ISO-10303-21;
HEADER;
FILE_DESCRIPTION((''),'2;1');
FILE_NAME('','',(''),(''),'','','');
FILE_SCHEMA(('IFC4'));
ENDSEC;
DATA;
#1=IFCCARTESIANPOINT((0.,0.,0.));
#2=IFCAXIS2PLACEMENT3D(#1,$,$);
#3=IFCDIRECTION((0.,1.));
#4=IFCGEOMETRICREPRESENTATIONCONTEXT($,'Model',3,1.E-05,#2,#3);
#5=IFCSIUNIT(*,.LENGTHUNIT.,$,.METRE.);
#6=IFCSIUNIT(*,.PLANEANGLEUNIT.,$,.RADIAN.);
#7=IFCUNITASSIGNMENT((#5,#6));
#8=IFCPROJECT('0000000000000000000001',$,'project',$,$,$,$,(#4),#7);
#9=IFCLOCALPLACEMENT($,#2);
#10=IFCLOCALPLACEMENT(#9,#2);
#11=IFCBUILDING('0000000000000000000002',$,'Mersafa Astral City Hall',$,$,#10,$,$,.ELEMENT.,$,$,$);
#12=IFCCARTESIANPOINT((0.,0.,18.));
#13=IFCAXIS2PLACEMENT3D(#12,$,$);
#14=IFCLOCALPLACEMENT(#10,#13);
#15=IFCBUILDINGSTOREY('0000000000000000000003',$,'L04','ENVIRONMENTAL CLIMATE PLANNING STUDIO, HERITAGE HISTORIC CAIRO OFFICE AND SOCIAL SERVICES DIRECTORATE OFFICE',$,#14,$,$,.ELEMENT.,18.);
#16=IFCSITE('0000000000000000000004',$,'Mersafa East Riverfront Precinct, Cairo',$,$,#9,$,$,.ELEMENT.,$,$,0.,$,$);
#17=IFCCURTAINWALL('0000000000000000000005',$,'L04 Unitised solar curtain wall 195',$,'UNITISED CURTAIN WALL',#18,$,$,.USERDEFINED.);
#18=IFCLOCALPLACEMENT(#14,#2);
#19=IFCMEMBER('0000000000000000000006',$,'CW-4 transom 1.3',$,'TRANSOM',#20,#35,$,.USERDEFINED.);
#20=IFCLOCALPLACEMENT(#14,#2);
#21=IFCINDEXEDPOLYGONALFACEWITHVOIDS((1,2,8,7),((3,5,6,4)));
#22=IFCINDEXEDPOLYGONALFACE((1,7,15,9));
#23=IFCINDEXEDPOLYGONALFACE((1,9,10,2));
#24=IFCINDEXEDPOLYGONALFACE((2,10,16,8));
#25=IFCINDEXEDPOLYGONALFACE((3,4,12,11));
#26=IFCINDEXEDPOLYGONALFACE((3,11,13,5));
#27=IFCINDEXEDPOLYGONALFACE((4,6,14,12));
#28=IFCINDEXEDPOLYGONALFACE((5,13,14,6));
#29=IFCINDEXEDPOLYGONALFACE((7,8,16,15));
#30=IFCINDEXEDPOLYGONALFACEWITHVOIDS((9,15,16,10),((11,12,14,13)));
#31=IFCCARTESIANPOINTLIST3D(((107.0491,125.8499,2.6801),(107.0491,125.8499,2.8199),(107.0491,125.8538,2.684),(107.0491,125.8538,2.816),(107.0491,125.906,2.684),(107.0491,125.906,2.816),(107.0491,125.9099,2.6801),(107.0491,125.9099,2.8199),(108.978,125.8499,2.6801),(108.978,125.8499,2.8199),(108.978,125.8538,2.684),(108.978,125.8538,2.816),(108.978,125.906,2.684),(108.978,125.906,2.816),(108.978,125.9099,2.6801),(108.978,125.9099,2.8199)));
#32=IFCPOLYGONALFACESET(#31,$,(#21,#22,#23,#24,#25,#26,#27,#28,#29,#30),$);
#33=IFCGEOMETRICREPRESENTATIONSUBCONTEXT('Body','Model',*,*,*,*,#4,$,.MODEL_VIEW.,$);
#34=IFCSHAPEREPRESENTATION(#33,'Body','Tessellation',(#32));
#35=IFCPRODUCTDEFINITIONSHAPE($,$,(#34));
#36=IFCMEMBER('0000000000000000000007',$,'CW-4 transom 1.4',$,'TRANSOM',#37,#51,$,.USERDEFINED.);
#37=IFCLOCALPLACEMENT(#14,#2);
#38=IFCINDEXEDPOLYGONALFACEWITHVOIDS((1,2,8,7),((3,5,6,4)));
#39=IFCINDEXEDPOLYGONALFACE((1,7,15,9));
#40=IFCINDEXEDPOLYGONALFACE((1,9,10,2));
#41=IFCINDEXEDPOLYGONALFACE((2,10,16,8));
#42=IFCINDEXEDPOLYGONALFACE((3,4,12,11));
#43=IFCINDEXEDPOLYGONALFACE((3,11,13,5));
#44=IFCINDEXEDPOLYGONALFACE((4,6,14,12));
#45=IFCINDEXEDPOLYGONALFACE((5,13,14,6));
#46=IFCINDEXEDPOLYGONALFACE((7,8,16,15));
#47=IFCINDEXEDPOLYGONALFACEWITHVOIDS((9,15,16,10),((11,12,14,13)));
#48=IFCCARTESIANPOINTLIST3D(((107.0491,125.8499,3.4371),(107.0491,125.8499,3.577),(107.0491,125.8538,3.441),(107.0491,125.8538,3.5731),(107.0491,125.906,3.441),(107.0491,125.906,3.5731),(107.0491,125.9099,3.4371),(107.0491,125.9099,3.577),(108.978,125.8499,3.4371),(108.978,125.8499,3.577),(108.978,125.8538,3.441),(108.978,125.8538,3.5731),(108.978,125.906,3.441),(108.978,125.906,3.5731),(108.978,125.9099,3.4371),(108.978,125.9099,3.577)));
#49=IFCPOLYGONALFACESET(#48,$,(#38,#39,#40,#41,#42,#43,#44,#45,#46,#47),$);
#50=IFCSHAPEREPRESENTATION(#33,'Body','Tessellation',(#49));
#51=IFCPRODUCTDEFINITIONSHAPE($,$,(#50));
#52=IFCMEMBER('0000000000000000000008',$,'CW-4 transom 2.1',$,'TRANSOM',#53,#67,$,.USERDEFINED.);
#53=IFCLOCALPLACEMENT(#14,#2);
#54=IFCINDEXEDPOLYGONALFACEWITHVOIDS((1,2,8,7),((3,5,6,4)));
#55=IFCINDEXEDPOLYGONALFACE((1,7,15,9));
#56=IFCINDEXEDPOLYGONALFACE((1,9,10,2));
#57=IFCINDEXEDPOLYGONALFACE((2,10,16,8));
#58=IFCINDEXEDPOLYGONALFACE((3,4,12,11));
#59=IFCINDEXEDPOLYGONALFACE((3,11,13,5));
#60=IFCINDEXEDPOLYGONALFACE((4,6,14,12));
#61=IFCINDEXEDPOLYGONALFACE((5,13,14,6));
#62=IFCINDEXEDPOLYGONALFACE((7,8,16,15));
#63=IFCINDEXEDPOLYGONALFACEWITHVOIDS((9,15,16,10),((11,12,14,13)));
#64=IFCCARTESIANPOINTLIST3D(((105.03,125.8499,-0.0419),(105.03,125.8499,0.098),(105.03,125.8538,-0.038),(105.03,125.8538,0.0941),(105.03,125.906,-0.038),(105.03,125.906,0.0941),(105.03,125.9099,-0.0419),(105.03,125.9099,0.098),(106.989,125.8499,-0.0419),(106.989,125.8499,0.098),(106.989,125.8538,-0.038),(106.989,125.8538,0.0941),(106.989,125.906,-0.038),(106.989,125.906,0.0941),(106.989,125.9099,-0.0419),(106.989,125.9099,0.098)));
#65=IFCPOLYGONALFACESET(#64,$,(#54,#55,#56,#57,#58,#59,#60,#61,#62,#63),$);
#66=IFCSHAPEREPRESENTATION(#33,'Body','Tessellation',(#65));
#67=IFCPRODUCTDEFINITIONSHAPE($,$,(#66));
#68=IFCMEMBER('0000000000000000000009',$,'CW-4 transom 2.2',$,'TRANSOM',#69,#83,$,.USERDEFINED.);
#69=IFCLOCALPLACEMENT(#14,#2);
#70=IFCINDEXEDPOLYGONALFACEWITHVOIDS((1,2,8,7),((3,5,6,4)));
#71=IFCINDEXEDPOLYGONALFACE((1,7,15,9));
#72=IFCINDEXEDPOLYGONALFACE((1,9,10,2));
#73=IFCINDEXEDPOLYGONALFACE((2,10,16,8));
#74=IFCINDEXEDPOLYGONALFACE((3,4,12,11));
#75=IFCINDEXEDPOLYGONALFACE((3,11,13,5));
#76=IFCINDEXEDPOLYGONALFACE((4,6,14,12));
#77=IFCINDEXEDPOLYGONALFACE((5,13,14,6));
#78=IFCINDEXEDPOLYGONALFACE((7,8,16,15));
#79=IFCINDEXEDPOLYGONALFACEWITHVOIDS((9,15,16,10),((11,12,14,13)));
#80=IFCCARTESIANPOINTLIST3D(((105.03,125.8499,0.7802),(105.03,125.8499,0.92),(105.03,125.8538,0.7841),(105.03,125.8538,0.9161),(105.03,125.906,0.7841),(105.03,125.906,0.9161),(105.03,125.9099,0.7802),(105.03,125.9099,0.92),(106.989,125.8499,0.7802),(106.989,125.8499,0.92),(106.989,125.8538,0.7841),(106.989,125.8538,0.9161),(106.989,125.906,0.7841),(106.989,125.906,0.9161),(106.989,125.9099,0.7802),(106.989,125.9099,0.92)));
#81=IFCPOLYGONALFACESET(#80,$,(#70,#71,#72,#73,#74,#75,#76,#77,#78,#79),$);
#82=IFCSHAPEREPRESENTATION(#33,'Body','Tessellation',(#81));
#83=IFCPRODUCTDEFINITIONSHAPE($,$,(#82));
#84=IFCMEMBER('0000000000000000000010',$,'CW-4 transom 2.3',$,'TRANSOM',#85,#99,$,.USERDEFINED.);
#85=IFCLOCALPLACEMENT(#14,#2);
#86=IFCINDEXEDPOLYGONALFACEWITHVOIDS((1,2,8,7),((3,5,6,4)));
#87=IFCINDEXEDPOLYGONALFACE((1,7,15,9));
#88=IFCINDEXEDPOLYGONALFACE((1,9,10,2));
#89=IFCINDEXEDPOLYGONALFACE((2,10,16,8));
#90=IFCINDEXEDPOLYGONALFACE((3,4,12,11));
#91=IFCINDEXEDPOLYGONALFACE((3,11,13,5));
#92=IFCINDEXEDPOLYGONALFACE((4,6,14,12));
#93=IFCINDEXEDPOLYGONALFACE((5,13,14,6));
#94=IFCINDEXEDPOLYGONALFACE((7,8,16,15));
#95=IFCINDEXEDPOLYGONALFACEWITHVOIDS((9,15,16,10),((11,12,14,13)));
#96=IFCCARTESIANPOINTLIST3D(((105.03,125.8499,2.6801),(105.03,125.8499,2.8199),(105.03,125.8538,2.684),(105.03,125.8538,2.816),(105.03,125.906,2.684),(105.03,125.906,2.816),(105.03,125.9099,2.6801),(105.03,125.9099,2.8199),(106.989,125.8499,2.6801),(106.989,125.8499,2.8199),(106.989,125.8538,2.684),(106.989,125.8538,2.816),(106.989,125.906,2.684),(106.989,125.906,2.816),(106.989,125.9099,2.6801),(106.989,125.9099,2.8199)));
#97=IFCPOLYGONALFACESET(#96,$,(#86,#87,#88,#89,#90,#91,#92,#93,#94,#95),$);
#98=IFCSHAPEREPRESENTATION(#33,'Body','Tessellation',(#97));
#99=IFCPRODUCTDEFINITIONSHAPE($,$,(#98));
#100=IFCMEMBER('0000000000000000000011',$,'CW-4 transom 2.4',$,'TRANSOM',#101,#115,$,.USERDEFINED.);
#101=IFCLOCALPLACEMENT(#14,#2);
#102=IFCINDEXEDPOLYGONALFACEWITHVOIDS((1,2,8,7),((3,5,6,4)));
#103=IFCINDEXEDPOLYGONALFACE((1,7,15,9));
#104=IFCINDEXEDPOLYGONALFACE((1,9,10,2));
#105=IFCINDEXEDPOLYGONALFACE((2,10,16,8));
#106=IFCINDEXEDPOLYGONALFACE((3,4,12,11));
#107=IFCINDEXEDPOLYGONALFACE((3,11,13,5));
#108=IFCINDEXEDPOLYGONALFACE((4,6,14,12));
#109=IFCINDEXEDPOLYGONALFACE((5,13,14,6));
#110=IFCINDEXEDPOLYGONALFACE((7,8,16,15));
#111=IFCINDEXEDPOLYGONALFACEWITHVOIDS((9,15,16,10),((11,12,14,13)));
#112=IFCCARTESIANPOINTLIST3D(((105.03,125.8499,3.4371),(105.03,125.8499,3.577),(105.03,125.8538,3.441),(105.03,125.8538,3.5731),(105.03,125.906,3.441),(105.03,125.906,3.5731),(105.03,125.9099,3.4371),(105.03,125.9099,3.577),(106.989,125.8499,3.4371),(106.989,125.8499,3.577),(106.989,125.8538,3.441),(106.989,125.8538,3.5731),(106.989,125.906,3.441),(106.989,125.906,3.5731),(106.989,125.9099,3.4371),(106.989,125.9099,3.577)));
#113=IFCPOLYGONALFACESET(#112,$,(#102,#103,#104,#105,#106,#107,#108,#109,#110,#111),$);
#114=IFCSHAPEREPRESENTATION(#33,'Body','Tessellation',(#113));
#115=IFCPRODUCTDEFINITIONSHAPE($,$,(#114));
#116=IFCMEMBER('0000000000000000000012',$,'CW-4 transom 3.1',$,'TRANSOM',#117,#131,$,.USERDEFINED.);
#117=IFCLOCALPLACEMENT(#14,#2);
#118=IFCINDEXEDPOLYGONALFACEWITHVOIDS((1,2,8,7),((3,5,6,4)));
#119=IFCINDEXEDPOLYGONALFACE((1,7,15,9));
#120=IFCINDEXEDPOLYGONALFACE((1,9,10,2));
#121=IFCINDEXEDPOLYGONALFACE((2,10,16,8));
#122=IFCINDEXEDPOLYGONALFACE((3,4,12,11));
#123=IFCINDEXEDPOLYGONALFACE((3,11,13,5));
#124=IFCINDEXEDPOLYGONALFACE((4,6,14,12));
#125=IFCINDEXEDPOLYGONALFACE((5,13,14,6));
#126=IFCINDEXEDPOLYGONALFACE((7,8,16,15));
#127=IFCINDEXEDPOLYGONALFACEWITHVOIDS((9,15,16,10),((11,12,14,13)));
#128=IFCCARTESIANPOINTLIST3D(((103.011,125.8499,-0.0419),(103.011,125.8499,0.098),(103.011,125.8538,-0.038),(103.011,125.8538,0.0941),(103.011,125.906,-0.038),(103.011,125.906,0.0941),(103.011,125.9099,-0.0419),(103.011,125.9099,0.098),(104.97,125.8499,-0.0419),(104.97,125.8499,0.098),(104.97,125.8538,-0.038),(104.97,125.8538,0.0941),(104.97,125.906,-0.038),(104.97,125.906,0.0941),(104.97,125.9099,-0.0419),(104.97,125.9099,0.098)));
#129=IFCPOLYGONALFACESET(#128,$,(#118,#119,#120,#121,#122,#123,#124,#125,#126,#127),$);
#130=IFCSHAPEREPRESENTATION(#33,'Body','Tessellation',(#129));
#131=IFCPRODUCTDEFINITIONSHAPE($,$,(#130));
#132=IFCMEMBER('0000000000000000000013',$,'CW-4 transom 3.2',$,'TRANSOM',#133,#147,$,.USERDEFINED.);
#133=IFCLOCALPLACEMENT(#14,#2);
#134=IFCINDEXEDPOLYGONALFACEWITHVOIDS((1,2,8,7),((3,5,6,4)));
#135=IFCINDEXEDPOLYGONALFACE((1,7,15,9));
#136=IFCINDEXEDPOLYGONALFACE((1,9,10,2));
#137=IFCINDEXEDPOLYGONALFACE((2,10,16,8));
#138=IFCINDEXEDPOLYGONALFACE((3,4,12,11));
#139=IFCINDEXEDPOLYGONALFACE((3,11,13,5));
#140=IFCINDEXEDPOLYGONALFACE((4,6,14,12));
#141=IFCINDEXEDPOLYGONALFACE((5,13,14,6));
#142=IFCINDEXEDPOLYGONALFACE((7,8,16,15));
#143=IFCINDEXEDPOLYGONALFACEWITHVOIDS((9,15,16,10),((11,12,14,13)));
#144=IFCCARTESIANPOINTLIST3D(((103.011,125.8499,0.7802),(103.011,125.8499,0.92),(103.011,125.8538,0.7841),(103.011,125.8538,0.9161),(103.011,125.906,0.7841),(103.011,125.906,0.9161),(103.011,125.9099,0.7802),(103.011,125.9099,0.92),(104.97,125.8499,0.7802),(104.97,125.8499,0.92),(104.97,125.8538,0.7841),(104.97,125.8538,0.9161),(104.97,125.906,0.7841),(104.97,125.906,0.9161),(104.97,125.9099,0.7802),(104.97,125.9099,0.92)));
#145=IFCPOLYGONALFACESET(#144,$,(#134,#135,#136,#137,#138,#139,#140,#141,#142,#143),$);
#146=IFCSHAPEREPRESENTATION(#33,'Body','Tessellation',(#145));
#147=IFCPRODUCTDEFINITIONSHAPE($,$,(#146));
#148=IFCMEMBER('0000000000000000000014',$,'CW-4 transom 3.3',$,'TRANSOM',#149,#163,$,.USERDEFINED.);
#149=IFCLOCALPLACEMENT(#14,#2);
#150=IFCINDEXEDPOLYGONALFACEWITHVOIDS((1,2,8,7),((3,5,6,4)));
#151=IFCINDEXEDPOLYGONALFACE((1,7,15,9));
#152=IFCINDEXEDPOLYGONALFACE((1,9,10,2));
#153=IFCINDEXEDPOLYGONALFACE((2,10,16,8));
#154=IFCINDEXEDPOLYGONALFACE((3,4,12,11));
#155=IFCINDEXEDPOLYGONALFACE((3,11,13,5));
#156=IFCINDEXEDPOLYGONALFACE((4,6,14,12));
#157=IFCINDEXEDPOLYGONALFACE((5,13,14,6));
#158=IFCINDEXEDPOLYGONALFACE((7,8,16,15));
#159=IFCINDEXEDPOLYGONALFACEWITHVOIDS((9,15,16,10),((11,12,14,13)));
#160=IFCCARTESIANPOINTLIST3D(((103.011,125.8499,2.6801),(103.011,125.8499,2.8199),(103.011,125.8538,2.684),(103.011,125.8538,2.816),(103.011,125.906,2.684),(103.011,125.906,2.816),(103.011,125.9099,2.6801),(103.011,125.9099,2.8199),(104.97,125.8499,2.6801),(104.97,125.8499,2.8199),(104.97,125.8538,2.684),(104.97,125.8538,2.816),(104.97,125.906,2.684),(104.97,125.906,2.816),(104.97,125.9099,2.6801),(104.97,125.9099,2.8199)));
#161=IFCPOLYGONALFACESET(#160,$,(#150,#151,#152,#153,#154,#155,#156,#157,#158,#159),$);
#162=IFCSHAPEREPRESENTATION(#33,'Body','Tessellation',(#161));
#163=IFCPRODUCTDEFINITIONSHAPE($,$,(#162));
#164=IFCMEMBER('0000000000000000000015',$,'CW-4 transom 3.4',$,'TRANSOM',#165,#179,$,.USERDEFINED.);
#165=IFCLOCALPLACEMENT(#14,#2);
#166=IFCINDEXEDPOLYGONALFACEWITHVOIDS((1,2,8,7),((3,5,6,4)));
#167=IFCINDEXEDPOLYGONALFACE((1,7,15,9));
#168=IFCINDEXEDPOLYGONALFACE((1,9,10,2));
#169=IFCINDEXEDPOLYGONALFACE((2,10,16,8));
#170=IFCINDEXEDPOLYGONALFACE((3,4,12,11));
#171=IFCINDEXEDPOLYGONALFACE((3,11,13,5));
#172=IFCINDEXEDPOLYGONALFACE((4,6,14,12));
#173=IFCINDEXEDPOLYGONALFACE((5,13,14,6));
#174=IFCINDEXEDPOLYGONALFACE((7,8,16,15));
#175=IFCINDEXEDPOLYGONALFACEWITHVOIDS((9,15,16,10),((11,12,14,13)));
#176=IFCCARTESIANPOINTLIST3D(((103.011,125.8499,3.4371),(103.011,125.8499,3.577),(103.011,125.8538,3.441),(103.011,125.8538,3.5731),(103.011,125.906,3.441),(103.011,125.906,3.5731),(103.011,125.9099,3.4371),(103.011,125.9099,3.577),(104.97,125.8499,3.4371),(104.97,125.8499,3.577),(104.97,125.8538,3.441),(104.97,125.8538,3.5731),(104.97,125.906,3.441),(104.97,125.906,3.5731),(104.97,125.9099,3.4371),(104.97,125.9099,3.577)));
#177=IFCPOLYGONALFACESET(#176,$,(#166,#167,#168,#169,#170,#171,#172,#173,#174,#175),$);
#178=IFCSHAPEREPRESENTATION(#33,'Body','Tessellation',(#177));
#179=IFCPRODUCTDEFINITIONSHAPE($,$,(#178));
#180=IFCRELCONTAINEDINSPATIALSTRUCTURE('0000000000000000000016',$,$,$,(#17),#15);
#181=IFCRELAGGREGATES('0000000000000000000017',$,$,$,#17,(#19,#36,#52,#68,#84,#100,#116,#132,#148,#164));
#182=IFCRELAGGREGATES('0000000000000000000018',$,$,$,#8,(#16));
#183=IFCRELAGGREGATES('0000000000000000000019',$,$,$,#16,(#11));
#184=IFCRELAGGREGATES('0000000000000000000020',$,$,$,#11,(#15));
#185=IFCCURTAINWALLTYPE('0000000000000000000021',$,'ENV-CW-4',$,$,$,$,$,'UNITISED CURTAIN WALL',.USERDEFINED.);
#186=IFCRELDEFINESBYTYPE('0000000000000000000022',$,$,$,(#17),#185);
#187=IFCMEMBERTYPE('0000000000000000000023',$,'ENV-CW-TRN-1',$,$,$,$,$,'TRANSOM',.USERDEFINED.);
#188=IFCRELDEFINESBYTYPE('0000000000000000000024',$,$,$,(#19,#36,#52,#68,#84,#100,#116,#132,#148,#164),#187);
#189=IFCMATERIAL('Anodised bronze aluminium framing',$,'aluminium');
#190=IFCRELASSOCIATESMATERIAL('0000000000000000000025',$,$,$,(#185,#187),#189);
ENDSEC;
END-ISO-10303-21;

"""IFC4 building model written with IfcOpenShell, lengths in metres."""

from ifc_helpers import new_model, si_unit, direction, frame, origin, origin_2d, place, context, subcontext, project, spatial, hollow_rectangle, extrude, material, material_profile, profile_set, type_object, element, aggregate, save


model = new_model("IFC4")

# Units and contexts
model_context = context("Model", 3, precision=1e-05, world=origin(), true_north=direction((0.0, 1.0)))
body_context = subcontext(model_context, "Body", "Model", "MODEL_VIEW")
ifc_project = project(units=[si_unit("LENGTHUNIT", "METRE"), si_unit("PLANEANGLEUNIT", "RADIAN")], contexts=[model_context])

# Site, building, storey
site_placement = place(None, origin())
site = spatial("IfcSite", under=ifc_project, at=site_placement, Name="Mersafa East Riverfront Precinct, Cairo", CompositionType="ELEMENT", RefElevation=0.0)
building_placement = place(site_placement, origin())
building = spatial("IfcBuilding", under=site, at=building_placement, Name="Mersafa Astral City Hall", CompositionType="ELEMENT")
storey_placement = place(building_placement, frame((0.0, 0.0, 18.0)))
storey = spatial("IfcBuildingStorey", under=building, at=storey_placement, Name="L04", Description="ENVIRONMENTAL CLIMATE PLANNING STUDIO, HERITAGE HISTORIC CAIRO OFFICE AND SOCIAL SERVICES DIRECTORATE OFFICE", CompositionType="ELEMENT", Elevation=18.0)

# Curtain wall, members
ifc_material_1 = material(Name="Anodised bronze aluminium framing", Category="aluminium")
curtain_wall_type = type_object("IfcCurtainWallType", Name="ENV-CW-4", ElementType="UNITISED CURTAIN WALL", PredefinedType="USERDEFINED", material=ifc_material_1)
curtain_wall_placement = place(storey_placement, origin())
curtain_wall = element("IfcCurtainWall", 1, at=curtain_wall_placement, inside=storey, type_object=curtain_wall_type, Name="L04 Unitised solar curtain wall 195", ObjectType="UNITISED CURTAIN WALL", PredefinedType="USERDEFINED")
ifc_material_profile_1 = material_profile(ifc_material_1, hollow_rectangle(XDim=0.0601, YDim=0.1399, WallThickness=0.0039, at=origin_2d()), Name="RHS 60x140x4")
ifc_profile_set_1 = profile_set([ifc_material_profile_1], Name="Anodised bronze aluminium framing")
member_type_1 = type_object("IfcMemberType", Name="ENV-CW-TRN-1", ElementType="TRANSOM", PredefinedType="USERDEFINED", material=ifc_profile_set_1)
member_1_placement = place(storey_placement, frame((108.978, 125.8799, 2.75), z_axis=(-1.0, 0.0, 0.0), x_axis=(0.0, -1.0, 0.0)))
member_1 = element("IfcMember", 2, at=member_1_placement, type_object=member_type_1, Name="CW-4 transom 1.3", ObjectType="TRANSOM", PredefinedType="USERDEFINED", context=body_context, shape_type="SweptSolid", body=[
    extrude(hollow_rectangle(XDim=0.0601, YDim=0.1399, WallThickness=0.0039, at=origin_2d()), origin(), (0.0, 0.0, 1.0), 1.929),
])
member_2_placement = place(storey_placement, frame((108.978, 125.8799, 3.5071), z_axis=(-1.0, 0.0, 0.0), x_axis=(0.0, -1.0, 0.0)))
member_2 = element("IfcMember", 3, at=member_2_placement, type_object=member_type_1, Name="CW-4 transom 1.4", ObjectType="TRANSOM", PredefinedType="USERDEFINED", context=body_context, shape_type="SweptSolid", body=[
    extrude(hollow_rectangle(XDim=0.0601, YDim=0.1399, WallThickness=0.0039, at=origin_2d()), origin(), (0.0, 0.0, 1.0), 1.929),
])
member_3_placement = place(storey_placement, frame((106.989, 125.8799, 0.0281), z_axis=(-1.0, 0.0, 0.0), x_axis=(0.0, -1.0, 0.0)))
member_3 = element("IfcMember", 4, at=member_3_placement, type_object=member_type_1, Name="CW-4 transom 2.1", ObjectType="TRANSOM", PredefinedType="USERDEFINED", context=body_context, shape_type="SweptSolid", body=[
    extrude(hollow_rectangle(XDim=0.0601, YDim=0.1399, WallThickness=0.0039, at=origin_2d()), origin(), (0.0, 0.0, 1.0), 1.959),
])
member_4_placement = place(storey_placement, frame((106.989, 125.8799, 0.8501), z_axis=(-1.0, 0.0, 0.0), x_axis=(0.0, -1.0, 0.0)))
member_4 = element("IfcMember", 5, at=member_4_placement, type_object=member_type_1, Name="CW-4 transom 2.2", ObjectType="TRANSOM", PredefinedType="USERDEFINED", context=body_context, shape_type="SweptSolid", body=[
    extrude(hollow_rectangle(XDim=0.0601, YDim=0.1399, WallThickness=0.0039, at=origin_2d()), origin(), (0.0, 0.0, 1.0), 1.959),
])
member_5_placement = place(storey_placement, frame((106.989, 125.8799, 2.75), z_axis=(-1.0, 0.0, 0.0), x_axis=(0.0, -1.0, 0.0)))
member_5 = element("IfcMember", 6, at=member_5_placement, type_object=member_type_1, Name="CW-4 transom 2.3", ObjectType="TRANSOM", PredefinedType="USERDEFINED", context=body_context, shape_type="SweptSolid", body=[
    extrude(hollow_rectangle(XDim=0.0601, YDim=0.1399, WallThickness=0.0039, at=origin_2d()), origin(), (0.0, 0.0, 1.0), 1.959),
])
member_6_placement = place(storey_placement, frame((106.989, 125.8799, 3.5071), z_axis=(-1.0, 0.0, 0.0), x_axis=(0.0, -1.0, 0.0)))
member_6 = element("IfcMember", 7, at=member_6_placement, type_object=member_type_1, Name="CW-4 transom 2.4", ObjectType="TRANSOM", PredefinedType="USERDEFINED", context=body_context, shape_type="SweptSolid", body=[
    extrude(hollow_rectangle(XDim=0.0601, YDim=0.1399, WallThickness=0.0039, at=origin_2d()), origin(), (0.0, 0.0, 1.0), 1.959),
])
member_7_placement = place(storey_placement, frame((104.97, 125.8799, 0.0281), z_axis=(-1.0, 0.0, 0.0), x_axis=(0.0, -1.0, 0.0)))
member_7 = element("IfcMember", 8, at=member_7_placement, type_object=member_type_1, Name="CW-4 transom 3.1", ObjectType="TRANSOM", PredefinedType="USERDEFINED", context=body_context, shape_type="SweptSolid", body=[
    extrude(hollow_rectangle(XDim=0.0601, YDim=0.1399, WallThickness=0.0039, at=origin_2d()), origin(), (0.0, 0.0, 1.0), 1.959),
])
member_8_placement = place(storey_placement, frame((104.97, 125.8799, 0.8501), z_axis=(-1.0, 0.0, 0.0), x_axis=(0.0, -1.0, 0.0)))
member_8 = element("IfcMember", 9, at=member_8_placement, type_object=member_type_1, Name="CW-4 transom 3.2", ObjectType="TRANSOM", PredefinedType="USERDEFINED", context=body_context, shape_type="SweptSolid", body=[
    extrude(hollow_rectangle(XDim=0.0601, YDim=0.1399, WallThickness=0.0039, at=origin_2d()), origin(), (0.0, 0.0, 1.0), 1.959),
])
member_9_placement = place(storey_placement, frame((104.97, 125.8799, 2.75), z_axis=(-1.0, 0.0, 0.0), x_axis=(0.0, -1.0, 0.0)))
member_9 = element("IfcMember", 10, at=member_9_placement, type_object=member_type_1, Name="CW-4 transom 3.3", ObjectType="TRANSOM", PredefinedType="USERDEFINED", context=body_context, shape_type="SweptSolid", body=[
    extrude(hollow_rectangle(XDim=0.0601, YDim=0.1399, WallThickness=0.0039, at=origin_2d()), origin(), (0.0, 0.0, 1.0), 1.959),
])
member_10_placement = place(storey_placement, frame((104.97, 125.8799, 3.5071), z_axis=(-1.0, 0.0, 0.0), x_axis=(0.0, -1.0, 0.0)))
member_10 = element("IfcMember", 11, at=member_10_placement, type_object=member_type_1, Name="CW-4 transom 3.4", ObjectType="TRANSOM", PredefinedType="USERDEFINED", context=body_context, shape_type="SweptSolid", body=[
    extrude(hollow_rectangle(XDim=0.0601, YDim=0.1399, WallThickness=0.0039, at=origin_2d()), origin(), (0.0, 0.0, 1.0), 1.959),
])

aggregate(curtain_wall, [member_1, member_2, member_3, member_4, member_5, member_6, member_7, member_8, member_9, member_10])

save(model, "model.ifc")
